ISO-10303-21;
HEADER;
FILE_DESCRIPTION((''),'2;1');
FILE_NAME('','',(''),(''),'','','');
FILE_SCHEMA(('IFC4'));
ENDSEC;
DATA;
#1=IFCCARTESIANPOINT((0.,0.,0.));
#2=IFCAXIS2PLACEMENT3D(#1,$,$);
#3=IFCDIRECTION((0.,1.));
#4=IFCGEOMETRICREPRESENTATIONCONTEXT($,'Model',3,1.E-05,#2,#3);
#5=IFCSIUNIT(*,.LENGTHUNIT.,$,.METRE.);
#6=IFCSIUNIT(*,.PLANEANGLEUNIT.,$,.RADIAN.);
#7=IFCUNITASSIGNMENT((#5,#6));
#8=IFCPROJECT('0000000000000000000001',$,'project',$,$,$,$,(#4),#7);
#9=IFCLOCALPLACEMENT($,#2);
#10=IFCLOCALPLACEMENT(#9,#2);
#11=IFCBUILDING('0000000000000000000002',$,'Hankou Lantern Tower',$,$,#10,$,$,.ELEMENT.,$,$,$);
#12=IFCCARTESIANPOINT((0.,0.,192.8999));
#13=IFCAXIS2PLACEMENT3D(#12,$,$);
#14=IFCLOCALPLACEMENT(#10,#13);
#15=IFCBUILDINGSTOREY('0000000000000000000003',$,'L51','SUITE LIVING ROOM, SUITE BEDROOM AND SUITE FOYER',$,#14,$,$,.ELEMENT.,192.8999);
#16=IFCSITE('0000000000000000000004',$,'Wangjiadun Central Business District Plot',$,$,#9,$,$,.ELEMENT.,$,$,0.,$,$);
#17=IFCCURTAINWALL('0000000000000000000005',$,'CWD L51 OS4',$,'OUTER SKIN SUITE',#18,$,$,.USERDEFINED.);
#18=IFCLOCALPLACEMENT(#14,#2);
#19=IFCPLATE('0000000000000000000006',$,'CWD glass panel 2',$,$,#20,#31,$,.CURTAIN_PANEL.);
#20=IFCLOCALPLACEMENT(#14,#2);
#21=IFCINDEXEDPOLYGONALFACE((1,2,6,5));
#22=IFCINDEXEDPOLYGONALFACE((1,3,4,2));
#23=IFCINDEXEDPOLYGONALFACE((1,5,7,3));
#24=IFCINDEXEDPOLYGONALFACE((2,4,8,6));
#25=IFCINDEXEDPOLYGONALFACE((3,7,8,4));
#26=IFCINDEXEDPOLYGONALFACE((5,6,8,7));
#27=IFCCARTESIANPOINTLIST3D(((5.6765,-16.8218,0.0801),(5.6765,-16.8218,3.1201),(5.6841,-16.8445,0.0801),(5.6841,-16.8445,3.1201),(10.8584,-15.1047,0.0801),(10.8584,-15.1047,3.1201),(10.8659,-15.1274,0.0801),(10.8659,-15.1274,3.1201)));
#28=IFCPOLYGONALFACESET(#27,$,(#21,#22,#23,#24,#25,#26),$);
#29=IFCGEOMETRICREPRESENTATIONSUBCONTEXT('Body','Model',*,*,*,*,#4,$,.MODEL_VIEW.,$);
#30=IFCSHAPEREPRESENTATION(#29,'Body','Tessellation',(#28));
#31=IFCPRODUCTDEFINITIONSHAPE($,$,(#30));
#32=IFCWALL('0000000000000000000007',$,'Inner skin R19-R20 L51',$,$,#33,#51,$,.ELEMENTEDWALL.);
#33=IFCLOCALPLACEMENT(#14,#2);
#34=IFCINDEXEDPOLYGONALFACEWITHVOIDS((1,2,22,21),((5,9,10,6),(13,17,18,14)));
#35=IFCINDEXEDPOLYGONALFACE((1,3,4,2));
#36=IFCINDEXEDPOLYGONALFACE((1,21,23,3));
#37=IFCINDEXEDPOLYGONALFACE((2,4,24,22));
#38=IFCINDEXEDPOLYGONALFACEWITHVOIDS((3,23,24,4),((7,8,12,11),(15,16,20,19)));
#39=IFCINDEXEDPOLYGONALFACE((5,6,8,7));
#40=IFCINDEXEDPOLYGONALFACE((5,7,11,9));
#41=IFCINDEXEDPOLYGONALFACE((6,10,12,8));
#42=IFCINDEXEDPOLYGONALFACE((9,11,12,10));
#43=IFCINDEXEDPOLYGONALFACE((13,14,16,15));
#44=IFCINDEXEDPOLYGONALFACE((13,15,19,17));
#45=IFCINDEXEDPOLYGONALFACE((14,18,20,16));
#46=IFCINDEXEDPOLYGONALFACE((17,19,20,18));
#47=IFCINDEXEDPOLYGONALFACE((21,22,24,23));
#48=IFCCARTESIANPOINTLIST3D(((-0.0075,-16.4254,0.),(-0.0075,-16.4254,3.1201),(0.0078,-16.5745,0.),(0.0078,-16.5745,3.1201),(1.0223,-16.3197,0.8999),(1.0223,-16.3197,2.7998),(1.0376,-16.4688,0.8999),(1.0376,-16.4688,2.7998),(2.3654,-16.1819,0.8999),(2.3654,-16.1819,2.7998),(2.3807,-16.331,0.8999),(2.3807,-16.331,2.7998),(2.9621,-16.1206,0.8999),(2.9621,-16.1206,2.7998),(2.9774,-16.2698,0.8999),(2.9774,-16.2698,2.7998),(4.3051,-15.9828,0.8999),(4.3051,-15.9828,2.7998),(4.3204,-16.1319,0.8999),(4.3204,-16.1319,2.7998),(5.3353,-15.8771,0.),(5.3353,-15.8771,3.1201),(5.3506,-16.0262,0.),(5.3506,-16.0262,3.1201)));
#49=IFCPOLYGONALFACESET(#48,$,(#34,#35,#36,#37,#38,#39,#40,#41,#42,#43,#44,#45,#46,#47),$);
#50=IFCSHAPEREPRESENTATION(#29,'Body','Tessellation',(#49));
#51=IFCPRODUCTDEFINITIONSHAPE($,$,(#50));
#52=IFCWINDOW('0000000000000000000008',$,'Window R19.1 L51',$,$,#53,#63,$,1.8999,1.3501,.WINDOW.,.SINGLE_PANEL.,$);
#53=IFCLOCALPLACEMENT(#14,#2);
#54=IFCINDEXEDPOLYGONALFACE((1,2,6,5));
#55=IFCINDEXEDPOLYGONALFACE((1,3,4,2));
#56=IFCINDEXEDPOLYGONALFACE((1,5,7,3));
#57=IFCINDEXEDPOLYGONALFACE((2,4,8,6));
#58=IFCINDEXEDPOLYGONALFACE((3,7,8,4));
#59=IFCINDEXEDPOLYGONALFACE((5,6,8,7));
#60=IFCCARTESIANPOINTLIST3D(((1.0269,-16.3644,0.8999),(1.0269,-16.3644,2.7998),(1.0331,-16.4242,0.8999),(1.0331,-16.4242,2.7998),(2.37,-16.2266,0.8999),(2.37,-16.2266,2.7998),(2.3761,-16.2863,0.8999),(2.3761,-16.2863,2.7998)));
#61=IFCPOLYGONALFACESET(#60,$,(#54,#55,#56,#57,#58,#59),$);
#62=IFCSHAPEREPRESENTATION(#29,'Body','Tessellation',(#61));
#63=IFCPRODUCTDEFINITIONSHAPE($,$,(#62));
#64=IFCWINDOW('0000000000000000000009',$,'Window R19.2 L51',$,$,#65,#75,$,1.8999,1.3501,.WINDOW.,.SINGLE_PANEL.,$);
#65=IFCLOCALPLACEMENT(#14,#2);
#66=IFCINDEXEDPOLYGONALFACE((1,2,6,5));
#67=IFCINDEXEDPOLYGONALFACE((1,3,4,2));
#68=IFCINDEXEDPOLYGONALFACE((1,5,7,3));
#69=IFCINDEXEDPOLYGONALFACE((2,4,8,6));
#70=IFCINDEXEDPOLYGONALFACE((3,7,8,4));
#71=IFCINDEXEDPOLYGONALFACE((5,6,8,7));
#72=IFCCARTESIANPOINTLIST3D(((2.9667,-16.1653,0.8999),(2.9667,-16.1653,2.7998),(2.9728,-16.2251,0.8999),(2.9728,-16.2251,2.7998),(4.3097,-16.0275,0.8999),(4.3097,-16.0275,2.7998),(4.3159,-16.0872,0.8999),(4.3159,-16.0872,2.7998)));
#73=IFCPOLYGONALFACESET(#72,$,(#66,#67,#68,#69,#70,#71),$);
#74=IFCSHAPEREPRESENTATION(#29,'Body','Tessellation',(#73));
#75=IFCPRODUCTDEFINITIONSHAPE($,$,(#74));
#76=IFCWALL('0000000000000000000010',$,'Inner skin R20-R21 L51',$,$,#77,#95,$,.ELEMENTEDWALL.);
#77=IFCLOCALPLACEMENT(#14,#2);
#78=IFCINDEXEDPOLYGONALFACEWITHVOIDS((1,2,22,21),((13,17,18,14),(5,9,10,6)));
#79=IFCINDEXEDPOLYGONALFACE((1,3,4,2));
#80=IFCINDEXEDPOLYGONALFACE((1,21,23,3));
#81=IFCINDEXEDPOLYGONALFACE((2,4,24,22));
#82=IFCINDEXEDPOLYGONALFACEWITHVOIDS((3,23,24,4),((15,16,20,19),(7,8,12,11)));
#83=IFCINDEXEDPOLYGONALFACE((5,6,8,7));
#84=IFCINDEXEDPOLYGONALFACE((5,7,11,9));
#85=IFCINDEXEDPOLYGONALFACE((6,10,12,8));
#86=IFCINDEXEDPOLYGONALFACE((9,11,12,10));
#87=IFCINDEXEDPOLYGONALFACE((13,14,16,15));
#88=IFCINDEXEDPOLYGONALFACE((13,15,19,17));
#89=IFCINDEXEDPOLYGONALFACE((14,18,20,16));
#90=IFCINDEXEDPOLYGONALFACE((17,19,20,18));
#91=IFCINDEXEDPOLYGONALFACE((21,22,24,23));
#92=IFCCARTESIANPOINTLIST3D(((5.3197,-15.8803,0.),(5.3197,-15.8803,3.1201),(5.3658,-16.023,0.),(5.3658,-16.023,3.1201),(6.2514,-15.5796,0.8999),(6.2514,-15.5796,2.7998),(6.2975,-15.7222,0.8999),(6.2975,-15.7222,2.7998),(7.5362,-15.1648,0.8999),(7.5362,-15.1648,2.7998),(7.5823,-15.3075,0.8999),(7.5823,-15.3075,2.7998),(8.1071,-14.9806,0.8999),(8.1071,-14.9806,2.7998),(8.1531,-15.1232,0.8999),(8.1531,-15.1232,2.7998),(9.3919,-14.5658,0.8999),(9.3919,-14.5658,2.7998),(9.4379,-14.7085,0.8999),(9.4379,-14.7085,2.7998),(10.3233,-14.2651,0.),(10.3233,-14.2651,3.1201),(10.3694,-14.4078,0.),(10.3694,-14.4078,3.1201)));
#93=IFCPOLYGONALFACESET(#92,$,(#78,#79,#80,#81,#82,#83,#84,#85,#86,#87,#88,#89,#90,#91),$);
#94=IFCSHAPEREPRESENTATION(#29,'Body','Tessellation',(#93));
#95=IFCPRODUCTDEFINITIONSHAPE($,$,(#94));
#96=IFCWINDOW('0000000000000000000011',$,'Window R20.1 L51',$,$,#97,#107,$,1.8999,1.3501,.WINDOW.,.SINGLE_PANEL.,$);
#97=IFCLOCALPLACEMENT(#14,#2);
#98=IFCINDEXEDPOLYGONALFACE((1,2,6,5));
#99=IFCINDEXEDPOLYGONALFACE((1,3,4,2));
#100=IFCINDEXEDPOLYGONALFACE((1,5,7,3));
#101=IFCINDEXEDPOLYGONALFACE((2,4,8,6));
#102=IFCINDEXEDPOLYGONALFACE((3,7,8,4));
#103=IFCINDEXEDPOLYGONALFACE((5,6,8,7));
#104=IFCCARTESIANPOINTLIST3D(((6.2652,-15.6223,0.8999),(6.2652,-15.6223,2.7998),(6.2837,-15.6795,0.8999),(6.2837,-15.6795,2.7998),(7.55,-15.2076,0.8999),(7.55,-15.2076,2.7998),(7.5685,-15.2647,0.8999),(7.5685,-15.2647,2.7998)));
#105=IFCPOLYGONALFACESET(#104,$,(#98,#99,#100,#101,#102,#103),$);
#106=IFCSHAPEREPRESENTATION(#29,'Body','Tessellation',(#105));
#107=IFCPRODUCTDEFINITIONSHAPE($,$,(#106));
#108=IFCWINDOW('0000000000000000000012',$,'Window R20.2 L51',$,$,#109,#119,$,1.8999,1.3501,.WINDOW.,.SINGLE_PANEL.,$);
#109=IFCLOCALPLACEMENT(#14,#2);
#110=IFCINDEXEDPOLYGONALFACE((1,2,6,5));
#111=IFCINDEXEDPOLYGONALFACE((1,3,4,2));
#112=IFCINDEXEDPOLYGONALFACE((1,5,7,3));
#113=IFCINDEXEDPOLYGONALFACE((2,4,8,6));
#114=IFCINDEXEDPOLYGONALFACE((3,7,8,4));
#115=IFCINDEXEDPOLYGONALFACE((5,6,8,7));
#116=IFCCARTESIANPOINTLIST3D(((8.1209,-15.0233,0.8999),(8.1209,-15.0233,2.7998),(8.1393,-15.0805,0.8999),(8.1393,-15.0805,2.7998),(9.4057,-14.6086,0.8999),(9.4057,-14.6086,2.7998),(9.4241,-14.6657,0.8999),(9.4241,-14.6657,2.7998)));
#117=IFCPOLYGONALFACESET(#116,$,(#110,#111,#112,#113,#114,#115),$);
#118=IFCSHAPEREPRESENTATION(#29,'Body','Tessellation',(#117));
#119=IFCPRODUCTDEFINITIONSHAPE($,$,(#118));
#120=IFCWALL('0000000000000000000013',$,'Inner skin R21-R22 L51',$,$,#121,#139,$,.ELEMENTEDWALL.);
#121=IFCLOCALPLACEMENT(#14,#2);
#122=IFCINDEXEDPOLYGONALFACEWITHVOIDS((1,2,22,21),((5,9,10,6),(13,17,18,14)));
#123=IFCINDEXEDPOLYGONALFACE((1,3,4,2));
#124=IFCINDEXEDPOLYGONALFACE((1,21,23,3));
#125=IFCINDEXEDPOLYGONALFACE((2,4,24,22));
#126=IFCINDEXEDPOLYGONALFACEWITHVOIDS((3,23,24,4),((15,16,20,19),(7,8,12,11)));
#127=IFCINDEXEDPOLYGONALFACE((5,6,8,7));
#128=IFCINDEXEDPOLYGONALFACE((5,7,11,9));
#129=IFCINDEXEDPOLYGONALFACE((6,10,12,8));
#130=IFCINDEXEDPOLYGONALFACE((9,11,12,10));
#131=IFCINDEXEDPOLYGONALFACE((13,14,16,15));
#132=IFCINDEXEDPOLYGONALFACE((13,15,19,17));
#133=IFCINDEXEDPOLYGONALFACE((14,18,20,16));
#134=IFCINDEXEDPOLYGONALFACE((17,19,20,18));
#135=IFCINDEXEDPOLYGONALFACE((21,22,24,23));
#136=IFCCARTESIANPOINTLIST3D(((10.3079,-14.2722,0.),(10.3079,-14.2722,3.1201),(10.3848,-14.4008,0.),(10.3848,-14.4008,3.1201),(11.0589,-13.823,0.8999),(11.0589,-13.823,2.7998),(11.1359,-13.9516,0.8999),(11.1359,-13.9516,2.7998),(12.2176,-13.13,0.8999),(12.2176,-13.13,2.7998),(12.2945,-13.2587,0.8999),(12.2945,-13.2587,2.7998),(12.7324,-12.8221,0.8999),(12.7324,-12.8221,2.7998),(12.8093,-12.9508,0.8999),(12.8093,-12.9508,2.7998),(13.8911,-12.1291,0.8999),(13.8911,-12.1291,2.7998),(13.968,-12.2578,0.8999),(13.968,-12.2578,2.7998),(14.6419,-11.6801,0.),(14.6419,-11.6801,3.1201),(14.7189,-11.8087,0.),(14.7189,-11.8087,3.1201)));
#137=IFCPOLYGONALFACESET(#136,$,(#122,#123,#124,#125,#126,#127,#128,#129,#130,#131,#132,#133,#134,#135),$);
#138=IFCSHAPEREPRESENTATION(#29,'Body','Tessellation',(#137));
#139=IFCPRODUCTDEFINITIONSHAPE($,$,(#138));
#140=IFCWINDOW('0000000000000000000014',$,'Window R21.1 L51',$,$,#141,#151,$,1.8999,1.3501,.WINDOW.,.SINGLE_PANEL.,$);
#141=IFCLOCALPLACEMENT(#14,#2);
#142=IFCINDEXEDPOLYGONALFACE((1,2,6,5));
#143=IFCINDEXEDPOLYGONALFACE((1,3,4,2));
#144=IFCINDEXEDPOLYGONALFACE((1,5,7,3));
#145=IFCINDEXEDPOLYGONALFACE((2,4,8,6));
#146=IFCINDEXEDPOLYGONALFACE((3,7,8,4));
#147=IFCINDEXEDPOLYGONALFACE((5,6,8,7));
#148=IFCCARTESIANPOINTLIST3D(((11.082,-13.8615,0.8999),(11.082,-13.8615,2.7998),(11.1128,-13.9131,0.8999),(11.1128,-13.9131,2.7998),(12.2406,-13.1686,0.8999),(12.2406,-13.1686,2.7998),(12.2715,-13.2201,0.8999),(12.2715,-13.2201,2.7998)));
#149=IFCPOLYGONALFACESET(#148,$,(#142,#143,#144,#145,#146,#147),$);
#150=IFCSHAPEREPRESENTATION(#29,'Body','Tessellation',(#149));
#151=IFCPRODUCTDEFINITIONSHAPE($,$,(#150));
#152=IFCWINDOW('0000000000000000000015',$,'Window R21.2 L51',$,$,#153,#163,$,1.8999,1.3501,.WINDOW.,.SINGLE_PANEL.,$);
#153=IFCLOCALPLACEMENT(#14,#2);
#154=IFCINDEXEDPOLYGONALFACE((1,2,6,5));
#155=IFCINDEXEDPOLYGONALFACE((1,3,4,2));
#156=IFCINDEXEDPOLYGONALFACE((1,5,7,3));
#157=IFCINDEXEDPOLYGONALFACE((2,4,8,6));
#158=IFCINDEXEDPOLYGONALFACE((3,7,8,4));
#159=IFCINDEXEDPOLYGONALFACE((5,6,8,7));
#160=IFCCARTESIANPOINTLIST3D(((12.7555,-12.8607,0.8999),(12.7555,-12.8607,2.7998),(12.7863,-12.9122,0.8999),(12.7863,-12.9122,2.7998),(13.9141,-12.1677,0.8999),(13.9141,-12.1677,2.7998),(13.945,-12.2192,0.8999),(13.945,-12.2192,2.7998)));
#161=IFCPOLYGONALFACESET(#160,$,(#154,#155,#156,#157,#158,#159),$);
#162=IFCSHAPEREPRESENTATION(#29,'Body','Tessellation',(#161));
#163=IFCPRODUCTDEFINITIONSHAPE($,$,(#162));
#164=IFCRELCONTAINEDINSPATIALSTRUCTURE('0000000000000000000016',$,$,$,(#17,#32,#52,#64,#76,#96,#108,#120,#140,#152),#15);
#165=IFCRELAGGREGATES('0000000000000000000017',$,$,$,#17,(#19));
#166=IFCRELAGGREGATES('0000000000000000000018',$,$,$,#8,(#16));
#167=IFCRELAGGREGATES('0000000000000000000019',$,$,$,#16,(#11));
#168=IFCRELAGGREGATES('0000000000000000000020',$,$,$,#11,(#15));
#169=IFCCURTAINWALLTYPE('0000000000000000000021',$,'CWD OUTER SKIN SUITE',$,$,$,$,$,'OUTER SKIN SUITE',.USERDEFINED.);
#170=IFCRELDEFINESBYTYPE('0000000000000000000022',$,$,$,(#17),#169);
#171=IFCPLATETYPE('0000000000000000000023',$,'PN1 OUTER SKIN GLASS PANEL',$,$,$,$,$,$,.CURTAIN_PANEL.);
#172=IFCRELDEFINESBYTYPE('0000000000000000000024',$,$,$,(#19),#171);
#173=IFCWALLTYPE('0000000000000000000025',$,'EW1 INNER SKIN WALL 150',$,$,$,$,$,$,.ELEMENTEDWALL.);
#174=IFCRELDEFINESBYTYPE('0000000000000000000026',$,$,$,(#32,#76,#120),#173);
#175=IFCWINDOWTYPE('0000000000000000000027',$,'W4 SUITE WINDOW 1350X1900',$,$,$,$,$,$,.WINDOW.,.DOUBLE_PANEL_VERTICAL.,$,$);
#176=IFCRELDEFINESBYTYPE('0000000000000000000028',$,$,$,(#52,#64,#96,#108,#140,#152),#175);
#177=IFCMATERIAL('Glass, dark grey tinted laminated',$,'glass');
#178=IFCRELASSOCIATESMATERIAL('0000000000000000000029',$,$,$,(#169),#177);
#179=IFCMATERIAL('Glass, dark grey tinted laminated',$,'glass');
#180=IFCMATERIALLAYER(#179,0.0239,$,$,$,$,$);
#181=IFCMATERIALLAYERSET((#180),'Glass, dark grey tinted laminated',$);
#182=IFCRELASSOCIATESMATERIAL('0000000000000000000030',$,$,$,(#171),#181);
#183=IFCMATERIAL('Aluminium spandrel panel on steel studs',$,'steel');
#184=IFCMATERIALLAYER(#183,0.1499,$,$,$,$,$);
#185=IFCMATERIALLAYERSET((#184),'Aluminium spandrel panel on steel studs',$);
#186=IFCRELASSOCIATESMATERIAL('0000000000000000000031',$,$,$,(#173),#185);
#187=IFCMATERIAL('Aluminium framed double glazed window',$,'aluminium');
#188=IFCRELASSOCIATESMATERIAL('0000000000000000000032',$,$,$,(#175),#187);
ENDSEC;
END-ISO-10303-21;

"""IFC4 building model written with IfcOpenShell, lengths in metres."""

from ifc_helpers import new_model, si_unit, direction, frame, frame_2d, origin, origin_2d, place, context, subcontext, project, spatial, rectangle, extrude, material, layer, layer_set, type_object, element, fill, aggregate, save


model = new_model("IFC4")

# Units and contexts
model_context = context("Model", 3, precision=1e-05, world=origin(), true_north=direction((0.0, 1.0)))
body_context = subcontext(model_context, "Body", "Model", "MODEL_VIEW")
ifc_project = project(units=[si_unit("LENGTHUNIT", "METRE"), si_unit("PLANEANGLEUNIT", "RADIAN")], contexts=[model_context])

# Site, building, storey
site_placement = place(None, origin())
site = spatial("IfcSite", under=ifc_project, at=site_placement, Name="Wangjiadun Central Business District Plot", CompositionType="ELEMENT", RefElevation=0.0)
building_placement = place(site_placement, origin())
building = spatial("IfcBuilding", under=site, at=building_placement, Name="Hankou Lantern Tower", CompositionType="ELEMENT")
storey_placement = place(building_placement, frame((0.0, 0.0, 192.8999)))
storey = spatial("IfcBuildingStorey", under=building, at=storey_placement, Name="L51", Description="SUITE LIVING ROOM, SUITE BEDROOM AND SUITE FOYER", CompositionType="ELEMENT", Elevation=192.8999)

# Curtain wall
ifc_material_1 = material(Name="Glass, dark grey tinted laminated", Category="glass")
curtain_wall_type = type_object("IfcCurtainWallType", Name="CWD OUTER SKIN SUITE", ElementType="OUTER SKIN SUITE", PredefinedType="USERDEFINED", material=ifc_material_1)
curtain_wall_placement = place(storey_placement, origin())
curtain_wall = element("IfcCurtainWall", 1, at=curtain_wall_placement, inside=storey, type_object=curtain_wall_type, Name="CWD L51 OS4", ObjectType="OUTER SKIN SUITE", PredefinedType="USERDEFINED")

# Plate
ifc_material_2 = material(Name="Glass, dark grey tinted laminated", Category="glass")
ifc_layer_1 = layer(ifc_material_2, 0.0239)
ifc_layer_set_1 = layer_set([ifc_layer_1], Name="Glass, dark grey tinted laminated")
plate_type = type_object("IfcPlateType", Name="PN1 OUTER SKIN GLASS PANEL", PredefinedType="CURTAIN_PANEL", material=ifc_layer_set_1)
plate_1_placement = place(storey_placement, frame((8.2712, -15.9746, 0.0801), z_axis=(0.0, 0.0, 1.0), x_axis=(0.949241, 0.314551, 0.0)))
plate_1 = element("IfcPlate", 2, at=plate_1_placement, type_object=plate_type, Name="CWD glass panel 2", PredefinedType="CURTAIN_PANEL", context=body_context, shape_type="SweptSolid", body=[
    extrude(rectangle(XDim=5.459, YDim=0.0239, at=origin_2d()), origin(), (0.0, 0.0, 1.0), 3.04),
])
aggregate(curtain_wall, [plate_1])

# Walls, openings, windows
ifc_material_3 = material(Name="Aluminium spandrel panel on steel studs", Category="steel")
ifc_layer_2 = layer(ifc_material_3, 0.1499)
ifc_layer_set_2 = layer_set([ifc_layer_2], Name="Aluminium spandrel panel on steel studs")
wall_type_1 = type_object("IfcWallType", Name="EW1 INNER SKIN WALL 150", PredefinedType="ELEMENTEDWALL", material=ifc_layer_set_2)
wall_1_placement = place(storey_placement, frame((0.0, -16.5, 0.0), z_axis=(0.0, 0.0, 1.0), x_axis=(0.994775, 0.102096, 0.0)))
wall_1 = element("IfcWall", 3, at=wall_1_placement, inside=storey, type_object=wall_type_1, Name="Inner skin R19-R20 L51", PredefinedType="ELEMENTEDWALL", context=body_context, shape_type="SweptSolid", body=[
    extrude(rectangle(XDim=5.3708, YDim=0.1499, at=frame_2d((2.6855, 0.0))), origin(), (0.0, 0.0, 1.0), 3.1201),
])
opening_1_placement = place(wall_1_placement, frame((1.0354, 0.0, 0.8999)))
opening_1 = element("IfcOpeningElement", 4, at=opening_1_placement, cuts=wall_1, PredefinedType="OPENING", context=body_context, shape_type="SweptSolid", body=[
    extrude(rectangle(XDim=1.3501, YDim=1.8999, at=frame_2d((0.675, 0.95))), frame((0.0, 0.085, 0.0), z_axis=(0.0, -1.0, 0.0), x_axis=(1.0, 0.0, 0.0)), (0.0, 0.0, 1.0), 0.1699),
])
opening_2_placement = place(wall_1_placement, frame((2.9854, 0.0, 0.8999)))
opening_2 = element("IfcOpeningElement", 5, at=opening_2_placement, cuts=wall_1, PredefinedType="OPENING", context=body_context, shape_type="SweptSolid", body=[
    extrude(rectangle(XDim=1.3501, YDim=1.8999, at=frame_2d((0.675, 0.95))), frame((0.0, 0.085, 0.0), z_axis=(0.0, -1.0, 0.0), x_axis=(1.0, 0.0, 0.0)), (0.0, 0.0, 1.0), 0.1699),
])
ifc_material_4 = material(Name="Aluminium framed double glazed window", Category="aluminium")
window_type = type_object("IfcWindowType", Name="W4 SUITE WINDOW 1350X1900", PartitioningType="DOUBLE_PANEL_VERTICAL", PredefinedType="WINDOW", material=ifc_material_4)
window_1_placement = place(opening_1_placement, origin())
window_1 = element("IfcWindow", 6, at=window_1_placement, inside=storey, type_object=window_type, Name="Window R19.1 L51", OverallHeight=1.8999, OverallWidth=1.3501, PartitioningType="SINGLE_PANEL", PredefinedType="WINDOW", context=body_context, shape_type="SweptSolid", body=[
    extrude(rectangle(XDim=1.3501, YDim=1.8999, at=frame_2d((0.675, 0.95))), frame((0.0, 0.03, 0.0), z_axis=(0.0, -1.0, 0.0), x_axis=(1.0, 0.0, 0.0)), (0.0, 0.0, 1.0), 0.0601),
])
fill(opening_1, window_1)
window_2_placement = place(opening_2_placement, origin())
window_2 = element("IfcWindow", 7, at=window_2_placement, inside=storey, type_object=window_type, Name="Window R19.2 L51", OverallHeight=1.8999, OverallWidth=1.3501, PartitioningType="SINGLE_PANEL", PredefinedType="WINDOW", context=body_context, shape_type="SweptSolid", body=[
    extrude(rectangle(XDim=1.3501, YDim=1.8999, at=frame_2d((0.675, 0.95))), frame((0.0, 0.03, 0.0), z_axis=(0.0, -1.0, 0.0), x_axis=(1.0, 0.0, 0.0)), (0.0, 0.0, 1.0), 0.0601),
])
fill(opening_2, window_2)
wall_2_placement = place(storey_placement, frame((5.3428, -15.9517, 0.0), z_axis=(0.0, 0.0, 1.0), x_axis=(0.951645, 0.307201, 0.0)))
wall_2 = element("IfcWall", 8, at=wall_2_placement, inside=storey, type_object=wall_type_1, Name="Inner skin R20-R21 L51", PredefinedType="ELEMENTEDWALL", context=body_context, shape_type="SweptSolid", body=[
    extrude(rectangle(XDim=5.2578, YDim=0.1499, at=frame_2d((2.6289, 0.0))), origin(), (0.0, 0.0, 1.0), 3.1201),
])
opening_3_placement = place(wall_2_placement, frame((0.979, 0.0, 0.8999)))
opening_3 = element("IfcOpeningElement", 9, at=opening_3_placement, cuts=wall_2, PredefinedType="OPENING", context=body_context, shape_type="SweptSolid", body=[
    extrude(rectangle(XDim=1.3501, YDim=1.8999, at=frame_2d((0.675, 0.95))), frame((0.0, 0.085, 0.0), z_axis=(0.0, -1.0, 0.0), x_axis=(1.0, 0.0, 0.0)), (0.0, 0.0, 1.0), 0.1699),
])
opening_4_placement = place(wall_2_placement, frame((2.929, 0.0, 0.8999)))
opening_4 = element("IfcOpeningElement", 10, at=opening_4_placement, cuts=wall_2, PredefinedType="OPENING", context=body_context, shape_type="SweptSolid", body=[
    extrude(rectangle(XDim=1.3501, YDim=1.8999, at=frame_2d((0.675, 0.95))), frame((0.0, 0.085, 0.0), z_axis=(0.0, -1.0, 0.0), x_axis=(1.0, 0.0, 0.0)), (0.0, 0.0, 1.0), 0.1699),
])
window_3_placement = place(opening_3_placement, origin())
window_3 = element("IfcWindow", 11, at=window_3_placement, inside=storey, type_object=window_type, Name="Window R20.1 L51", OverallHeight=1.8999, OverallWidth=1.3501, PartitioningType="SINGLE_PANEL", PredefinedType="WINDOW", context=body_context, shape_type="SweptSolid", body=[
    extrude(rectangle(XDim=1.3501, YDim=1.8999, at=frame_2d((0.675, 0.95))), frame((0.0, 0.03, 0.0), z_axis=(0.0, -1.0, 0.0), x_axis=(1.0, 0.0, 0.0)), (0.0, 0.0, 1.0), 0.0601),
])
fill(opening_3, window_3)
window_4_placement = place(opening_4_placement, origin())
window_4 = element("IfcWindow", 12, at=window_4_placement, inside=storey, type_object=window_type, Name="Window R20.2 L51", OverallHeight=1.8999, OverallWidth=1.3501, PartitioningType="SINGLE_PANEL", PredefinedType="WINDOW", context=body_context, shape_type="SweptSolid", body=[
    extrude(rectangle(XDim=1.3501, YDim=1.8999, at=frame_2d((0.675, 0.95))), frame((0.0, 0.03, 0.0), z_axis=(0.0, -1.0, 0.0), x_axis=(1.0, 0.0, 0.0)), (0.0, 0.0, 1.0), 0.0601),
])
fill(opening_4, window_4)
wall_3_placement = place(storey_placement, frame((10.3464, -14.3364, 0.0), z_axis=(0.0, 0.0, 1.0), x_axis=(0.858222, 0.51328, 0.0)))
wall_3 = element("IfcWall", 13, at=wall_3_placement, inside=storey, type_object=wall_type_1, Name="Inner skin R21-R22 L51", PredefinedType="ELEMENTEDWALL", context=body_context, shape_type="SweptSolid", body=[
    extrude(rectangle(XDim=5.05, YDim=0.1499, at=frame_2d((2.5249, 0.0))), origin(), (0.0, 0.0, 1.0), 3.1201),
])
opening_5_placement = place(wall_3_placement, frame((0.875, 0.0, 0.8999)))
opening_5 = element("IfcOpeningElement", 14, at=opening_5_placement, cuts=wall_3, PredefinedType="OPENING", context=body_context, shape_type="SweptSolid", body=[
    extrude(rectangle(XDim=1.3501, YDim=1.8999, at=frame_2d((0.675, 0.95))), frame((0.0, 0.085, 0.0), z_axis=(0.0, -1.0, 0.0), x_axis=(1.0, 0.0, 0.0)), (0.0, 0.0, 1.0), 0.1699),
])
opening_6_placement = place(wall_3_placement, frame((2.825, 0.0, 0.8999)))
opening_6 = element("IfcOpeningElement", 15, at=opening_6_placement, cuts=wall_3, PredefinedType="OPENING", context=body_context, shape_type="SweptSolid", body=[
    extrude(rectangle(XDim=1.3501, YDim=1.8999, at=frame_2d((0.675, 0.95))), frame((0.0, 0.085, 0.0), z_axis=(0.0, -1.0, 0.0), x_axis=(1.0, 0.0, 0.0)), (0.0, 0.0, 1.0), 0.1699),
])
window_5_placement = place(opening_5_placement, origin())
window_5 = element("IfcWindow", 16, at=window_5_placement, inside=storey, type_object=window_type, Name="Window R21.1 L51", OverallHeight=1.8999, OverallWidth=1.3501, PartitioningType="SINGLE_PANEL", PredefinedType="WINDOW", context=body_context, shape_type="SweptSolid", body=[
    extrude(rectangle(XDim=1.3501, YDim=1.8999, at=frame_2d((0.675, 0.95))), frame((0.0, 0.03, 0.0), z_axis=(0.0, -1.0, 0.0), x_axis=(1.0, 0.0, 0.0)), (0.0, 0.0, 1.0), 0.0601),
])
fill(opening_5, window_5)
window_6_placement = place(opening_6_placement, origin())
window_6 = element("IfcWindow", 17, at=window_6_placement, inside=storey, type_object=window_type, Name="Window R21.2 L51", OverallHeight=1.8999, OverallWidth=1.3501, PartitioningType="SINGLE_PANEL", PredefinedType="WINDOW", context=body_context, shape_type="SweptSolid", body=[
    extrude(rectangle(XDim=1.3501, YDim=1.8999, at=frame_2d((0.675, 0.95))), frame((0.0, 0.03, 0.0), z_axis=(0.0, -1.0, 0.0), x_axis=(1.0, 0.0, 0.0)), (0.0, 0.0, 1.0), 0.0601),
])
fill(opening_6, window_6)

save(model, "model.ifc")
